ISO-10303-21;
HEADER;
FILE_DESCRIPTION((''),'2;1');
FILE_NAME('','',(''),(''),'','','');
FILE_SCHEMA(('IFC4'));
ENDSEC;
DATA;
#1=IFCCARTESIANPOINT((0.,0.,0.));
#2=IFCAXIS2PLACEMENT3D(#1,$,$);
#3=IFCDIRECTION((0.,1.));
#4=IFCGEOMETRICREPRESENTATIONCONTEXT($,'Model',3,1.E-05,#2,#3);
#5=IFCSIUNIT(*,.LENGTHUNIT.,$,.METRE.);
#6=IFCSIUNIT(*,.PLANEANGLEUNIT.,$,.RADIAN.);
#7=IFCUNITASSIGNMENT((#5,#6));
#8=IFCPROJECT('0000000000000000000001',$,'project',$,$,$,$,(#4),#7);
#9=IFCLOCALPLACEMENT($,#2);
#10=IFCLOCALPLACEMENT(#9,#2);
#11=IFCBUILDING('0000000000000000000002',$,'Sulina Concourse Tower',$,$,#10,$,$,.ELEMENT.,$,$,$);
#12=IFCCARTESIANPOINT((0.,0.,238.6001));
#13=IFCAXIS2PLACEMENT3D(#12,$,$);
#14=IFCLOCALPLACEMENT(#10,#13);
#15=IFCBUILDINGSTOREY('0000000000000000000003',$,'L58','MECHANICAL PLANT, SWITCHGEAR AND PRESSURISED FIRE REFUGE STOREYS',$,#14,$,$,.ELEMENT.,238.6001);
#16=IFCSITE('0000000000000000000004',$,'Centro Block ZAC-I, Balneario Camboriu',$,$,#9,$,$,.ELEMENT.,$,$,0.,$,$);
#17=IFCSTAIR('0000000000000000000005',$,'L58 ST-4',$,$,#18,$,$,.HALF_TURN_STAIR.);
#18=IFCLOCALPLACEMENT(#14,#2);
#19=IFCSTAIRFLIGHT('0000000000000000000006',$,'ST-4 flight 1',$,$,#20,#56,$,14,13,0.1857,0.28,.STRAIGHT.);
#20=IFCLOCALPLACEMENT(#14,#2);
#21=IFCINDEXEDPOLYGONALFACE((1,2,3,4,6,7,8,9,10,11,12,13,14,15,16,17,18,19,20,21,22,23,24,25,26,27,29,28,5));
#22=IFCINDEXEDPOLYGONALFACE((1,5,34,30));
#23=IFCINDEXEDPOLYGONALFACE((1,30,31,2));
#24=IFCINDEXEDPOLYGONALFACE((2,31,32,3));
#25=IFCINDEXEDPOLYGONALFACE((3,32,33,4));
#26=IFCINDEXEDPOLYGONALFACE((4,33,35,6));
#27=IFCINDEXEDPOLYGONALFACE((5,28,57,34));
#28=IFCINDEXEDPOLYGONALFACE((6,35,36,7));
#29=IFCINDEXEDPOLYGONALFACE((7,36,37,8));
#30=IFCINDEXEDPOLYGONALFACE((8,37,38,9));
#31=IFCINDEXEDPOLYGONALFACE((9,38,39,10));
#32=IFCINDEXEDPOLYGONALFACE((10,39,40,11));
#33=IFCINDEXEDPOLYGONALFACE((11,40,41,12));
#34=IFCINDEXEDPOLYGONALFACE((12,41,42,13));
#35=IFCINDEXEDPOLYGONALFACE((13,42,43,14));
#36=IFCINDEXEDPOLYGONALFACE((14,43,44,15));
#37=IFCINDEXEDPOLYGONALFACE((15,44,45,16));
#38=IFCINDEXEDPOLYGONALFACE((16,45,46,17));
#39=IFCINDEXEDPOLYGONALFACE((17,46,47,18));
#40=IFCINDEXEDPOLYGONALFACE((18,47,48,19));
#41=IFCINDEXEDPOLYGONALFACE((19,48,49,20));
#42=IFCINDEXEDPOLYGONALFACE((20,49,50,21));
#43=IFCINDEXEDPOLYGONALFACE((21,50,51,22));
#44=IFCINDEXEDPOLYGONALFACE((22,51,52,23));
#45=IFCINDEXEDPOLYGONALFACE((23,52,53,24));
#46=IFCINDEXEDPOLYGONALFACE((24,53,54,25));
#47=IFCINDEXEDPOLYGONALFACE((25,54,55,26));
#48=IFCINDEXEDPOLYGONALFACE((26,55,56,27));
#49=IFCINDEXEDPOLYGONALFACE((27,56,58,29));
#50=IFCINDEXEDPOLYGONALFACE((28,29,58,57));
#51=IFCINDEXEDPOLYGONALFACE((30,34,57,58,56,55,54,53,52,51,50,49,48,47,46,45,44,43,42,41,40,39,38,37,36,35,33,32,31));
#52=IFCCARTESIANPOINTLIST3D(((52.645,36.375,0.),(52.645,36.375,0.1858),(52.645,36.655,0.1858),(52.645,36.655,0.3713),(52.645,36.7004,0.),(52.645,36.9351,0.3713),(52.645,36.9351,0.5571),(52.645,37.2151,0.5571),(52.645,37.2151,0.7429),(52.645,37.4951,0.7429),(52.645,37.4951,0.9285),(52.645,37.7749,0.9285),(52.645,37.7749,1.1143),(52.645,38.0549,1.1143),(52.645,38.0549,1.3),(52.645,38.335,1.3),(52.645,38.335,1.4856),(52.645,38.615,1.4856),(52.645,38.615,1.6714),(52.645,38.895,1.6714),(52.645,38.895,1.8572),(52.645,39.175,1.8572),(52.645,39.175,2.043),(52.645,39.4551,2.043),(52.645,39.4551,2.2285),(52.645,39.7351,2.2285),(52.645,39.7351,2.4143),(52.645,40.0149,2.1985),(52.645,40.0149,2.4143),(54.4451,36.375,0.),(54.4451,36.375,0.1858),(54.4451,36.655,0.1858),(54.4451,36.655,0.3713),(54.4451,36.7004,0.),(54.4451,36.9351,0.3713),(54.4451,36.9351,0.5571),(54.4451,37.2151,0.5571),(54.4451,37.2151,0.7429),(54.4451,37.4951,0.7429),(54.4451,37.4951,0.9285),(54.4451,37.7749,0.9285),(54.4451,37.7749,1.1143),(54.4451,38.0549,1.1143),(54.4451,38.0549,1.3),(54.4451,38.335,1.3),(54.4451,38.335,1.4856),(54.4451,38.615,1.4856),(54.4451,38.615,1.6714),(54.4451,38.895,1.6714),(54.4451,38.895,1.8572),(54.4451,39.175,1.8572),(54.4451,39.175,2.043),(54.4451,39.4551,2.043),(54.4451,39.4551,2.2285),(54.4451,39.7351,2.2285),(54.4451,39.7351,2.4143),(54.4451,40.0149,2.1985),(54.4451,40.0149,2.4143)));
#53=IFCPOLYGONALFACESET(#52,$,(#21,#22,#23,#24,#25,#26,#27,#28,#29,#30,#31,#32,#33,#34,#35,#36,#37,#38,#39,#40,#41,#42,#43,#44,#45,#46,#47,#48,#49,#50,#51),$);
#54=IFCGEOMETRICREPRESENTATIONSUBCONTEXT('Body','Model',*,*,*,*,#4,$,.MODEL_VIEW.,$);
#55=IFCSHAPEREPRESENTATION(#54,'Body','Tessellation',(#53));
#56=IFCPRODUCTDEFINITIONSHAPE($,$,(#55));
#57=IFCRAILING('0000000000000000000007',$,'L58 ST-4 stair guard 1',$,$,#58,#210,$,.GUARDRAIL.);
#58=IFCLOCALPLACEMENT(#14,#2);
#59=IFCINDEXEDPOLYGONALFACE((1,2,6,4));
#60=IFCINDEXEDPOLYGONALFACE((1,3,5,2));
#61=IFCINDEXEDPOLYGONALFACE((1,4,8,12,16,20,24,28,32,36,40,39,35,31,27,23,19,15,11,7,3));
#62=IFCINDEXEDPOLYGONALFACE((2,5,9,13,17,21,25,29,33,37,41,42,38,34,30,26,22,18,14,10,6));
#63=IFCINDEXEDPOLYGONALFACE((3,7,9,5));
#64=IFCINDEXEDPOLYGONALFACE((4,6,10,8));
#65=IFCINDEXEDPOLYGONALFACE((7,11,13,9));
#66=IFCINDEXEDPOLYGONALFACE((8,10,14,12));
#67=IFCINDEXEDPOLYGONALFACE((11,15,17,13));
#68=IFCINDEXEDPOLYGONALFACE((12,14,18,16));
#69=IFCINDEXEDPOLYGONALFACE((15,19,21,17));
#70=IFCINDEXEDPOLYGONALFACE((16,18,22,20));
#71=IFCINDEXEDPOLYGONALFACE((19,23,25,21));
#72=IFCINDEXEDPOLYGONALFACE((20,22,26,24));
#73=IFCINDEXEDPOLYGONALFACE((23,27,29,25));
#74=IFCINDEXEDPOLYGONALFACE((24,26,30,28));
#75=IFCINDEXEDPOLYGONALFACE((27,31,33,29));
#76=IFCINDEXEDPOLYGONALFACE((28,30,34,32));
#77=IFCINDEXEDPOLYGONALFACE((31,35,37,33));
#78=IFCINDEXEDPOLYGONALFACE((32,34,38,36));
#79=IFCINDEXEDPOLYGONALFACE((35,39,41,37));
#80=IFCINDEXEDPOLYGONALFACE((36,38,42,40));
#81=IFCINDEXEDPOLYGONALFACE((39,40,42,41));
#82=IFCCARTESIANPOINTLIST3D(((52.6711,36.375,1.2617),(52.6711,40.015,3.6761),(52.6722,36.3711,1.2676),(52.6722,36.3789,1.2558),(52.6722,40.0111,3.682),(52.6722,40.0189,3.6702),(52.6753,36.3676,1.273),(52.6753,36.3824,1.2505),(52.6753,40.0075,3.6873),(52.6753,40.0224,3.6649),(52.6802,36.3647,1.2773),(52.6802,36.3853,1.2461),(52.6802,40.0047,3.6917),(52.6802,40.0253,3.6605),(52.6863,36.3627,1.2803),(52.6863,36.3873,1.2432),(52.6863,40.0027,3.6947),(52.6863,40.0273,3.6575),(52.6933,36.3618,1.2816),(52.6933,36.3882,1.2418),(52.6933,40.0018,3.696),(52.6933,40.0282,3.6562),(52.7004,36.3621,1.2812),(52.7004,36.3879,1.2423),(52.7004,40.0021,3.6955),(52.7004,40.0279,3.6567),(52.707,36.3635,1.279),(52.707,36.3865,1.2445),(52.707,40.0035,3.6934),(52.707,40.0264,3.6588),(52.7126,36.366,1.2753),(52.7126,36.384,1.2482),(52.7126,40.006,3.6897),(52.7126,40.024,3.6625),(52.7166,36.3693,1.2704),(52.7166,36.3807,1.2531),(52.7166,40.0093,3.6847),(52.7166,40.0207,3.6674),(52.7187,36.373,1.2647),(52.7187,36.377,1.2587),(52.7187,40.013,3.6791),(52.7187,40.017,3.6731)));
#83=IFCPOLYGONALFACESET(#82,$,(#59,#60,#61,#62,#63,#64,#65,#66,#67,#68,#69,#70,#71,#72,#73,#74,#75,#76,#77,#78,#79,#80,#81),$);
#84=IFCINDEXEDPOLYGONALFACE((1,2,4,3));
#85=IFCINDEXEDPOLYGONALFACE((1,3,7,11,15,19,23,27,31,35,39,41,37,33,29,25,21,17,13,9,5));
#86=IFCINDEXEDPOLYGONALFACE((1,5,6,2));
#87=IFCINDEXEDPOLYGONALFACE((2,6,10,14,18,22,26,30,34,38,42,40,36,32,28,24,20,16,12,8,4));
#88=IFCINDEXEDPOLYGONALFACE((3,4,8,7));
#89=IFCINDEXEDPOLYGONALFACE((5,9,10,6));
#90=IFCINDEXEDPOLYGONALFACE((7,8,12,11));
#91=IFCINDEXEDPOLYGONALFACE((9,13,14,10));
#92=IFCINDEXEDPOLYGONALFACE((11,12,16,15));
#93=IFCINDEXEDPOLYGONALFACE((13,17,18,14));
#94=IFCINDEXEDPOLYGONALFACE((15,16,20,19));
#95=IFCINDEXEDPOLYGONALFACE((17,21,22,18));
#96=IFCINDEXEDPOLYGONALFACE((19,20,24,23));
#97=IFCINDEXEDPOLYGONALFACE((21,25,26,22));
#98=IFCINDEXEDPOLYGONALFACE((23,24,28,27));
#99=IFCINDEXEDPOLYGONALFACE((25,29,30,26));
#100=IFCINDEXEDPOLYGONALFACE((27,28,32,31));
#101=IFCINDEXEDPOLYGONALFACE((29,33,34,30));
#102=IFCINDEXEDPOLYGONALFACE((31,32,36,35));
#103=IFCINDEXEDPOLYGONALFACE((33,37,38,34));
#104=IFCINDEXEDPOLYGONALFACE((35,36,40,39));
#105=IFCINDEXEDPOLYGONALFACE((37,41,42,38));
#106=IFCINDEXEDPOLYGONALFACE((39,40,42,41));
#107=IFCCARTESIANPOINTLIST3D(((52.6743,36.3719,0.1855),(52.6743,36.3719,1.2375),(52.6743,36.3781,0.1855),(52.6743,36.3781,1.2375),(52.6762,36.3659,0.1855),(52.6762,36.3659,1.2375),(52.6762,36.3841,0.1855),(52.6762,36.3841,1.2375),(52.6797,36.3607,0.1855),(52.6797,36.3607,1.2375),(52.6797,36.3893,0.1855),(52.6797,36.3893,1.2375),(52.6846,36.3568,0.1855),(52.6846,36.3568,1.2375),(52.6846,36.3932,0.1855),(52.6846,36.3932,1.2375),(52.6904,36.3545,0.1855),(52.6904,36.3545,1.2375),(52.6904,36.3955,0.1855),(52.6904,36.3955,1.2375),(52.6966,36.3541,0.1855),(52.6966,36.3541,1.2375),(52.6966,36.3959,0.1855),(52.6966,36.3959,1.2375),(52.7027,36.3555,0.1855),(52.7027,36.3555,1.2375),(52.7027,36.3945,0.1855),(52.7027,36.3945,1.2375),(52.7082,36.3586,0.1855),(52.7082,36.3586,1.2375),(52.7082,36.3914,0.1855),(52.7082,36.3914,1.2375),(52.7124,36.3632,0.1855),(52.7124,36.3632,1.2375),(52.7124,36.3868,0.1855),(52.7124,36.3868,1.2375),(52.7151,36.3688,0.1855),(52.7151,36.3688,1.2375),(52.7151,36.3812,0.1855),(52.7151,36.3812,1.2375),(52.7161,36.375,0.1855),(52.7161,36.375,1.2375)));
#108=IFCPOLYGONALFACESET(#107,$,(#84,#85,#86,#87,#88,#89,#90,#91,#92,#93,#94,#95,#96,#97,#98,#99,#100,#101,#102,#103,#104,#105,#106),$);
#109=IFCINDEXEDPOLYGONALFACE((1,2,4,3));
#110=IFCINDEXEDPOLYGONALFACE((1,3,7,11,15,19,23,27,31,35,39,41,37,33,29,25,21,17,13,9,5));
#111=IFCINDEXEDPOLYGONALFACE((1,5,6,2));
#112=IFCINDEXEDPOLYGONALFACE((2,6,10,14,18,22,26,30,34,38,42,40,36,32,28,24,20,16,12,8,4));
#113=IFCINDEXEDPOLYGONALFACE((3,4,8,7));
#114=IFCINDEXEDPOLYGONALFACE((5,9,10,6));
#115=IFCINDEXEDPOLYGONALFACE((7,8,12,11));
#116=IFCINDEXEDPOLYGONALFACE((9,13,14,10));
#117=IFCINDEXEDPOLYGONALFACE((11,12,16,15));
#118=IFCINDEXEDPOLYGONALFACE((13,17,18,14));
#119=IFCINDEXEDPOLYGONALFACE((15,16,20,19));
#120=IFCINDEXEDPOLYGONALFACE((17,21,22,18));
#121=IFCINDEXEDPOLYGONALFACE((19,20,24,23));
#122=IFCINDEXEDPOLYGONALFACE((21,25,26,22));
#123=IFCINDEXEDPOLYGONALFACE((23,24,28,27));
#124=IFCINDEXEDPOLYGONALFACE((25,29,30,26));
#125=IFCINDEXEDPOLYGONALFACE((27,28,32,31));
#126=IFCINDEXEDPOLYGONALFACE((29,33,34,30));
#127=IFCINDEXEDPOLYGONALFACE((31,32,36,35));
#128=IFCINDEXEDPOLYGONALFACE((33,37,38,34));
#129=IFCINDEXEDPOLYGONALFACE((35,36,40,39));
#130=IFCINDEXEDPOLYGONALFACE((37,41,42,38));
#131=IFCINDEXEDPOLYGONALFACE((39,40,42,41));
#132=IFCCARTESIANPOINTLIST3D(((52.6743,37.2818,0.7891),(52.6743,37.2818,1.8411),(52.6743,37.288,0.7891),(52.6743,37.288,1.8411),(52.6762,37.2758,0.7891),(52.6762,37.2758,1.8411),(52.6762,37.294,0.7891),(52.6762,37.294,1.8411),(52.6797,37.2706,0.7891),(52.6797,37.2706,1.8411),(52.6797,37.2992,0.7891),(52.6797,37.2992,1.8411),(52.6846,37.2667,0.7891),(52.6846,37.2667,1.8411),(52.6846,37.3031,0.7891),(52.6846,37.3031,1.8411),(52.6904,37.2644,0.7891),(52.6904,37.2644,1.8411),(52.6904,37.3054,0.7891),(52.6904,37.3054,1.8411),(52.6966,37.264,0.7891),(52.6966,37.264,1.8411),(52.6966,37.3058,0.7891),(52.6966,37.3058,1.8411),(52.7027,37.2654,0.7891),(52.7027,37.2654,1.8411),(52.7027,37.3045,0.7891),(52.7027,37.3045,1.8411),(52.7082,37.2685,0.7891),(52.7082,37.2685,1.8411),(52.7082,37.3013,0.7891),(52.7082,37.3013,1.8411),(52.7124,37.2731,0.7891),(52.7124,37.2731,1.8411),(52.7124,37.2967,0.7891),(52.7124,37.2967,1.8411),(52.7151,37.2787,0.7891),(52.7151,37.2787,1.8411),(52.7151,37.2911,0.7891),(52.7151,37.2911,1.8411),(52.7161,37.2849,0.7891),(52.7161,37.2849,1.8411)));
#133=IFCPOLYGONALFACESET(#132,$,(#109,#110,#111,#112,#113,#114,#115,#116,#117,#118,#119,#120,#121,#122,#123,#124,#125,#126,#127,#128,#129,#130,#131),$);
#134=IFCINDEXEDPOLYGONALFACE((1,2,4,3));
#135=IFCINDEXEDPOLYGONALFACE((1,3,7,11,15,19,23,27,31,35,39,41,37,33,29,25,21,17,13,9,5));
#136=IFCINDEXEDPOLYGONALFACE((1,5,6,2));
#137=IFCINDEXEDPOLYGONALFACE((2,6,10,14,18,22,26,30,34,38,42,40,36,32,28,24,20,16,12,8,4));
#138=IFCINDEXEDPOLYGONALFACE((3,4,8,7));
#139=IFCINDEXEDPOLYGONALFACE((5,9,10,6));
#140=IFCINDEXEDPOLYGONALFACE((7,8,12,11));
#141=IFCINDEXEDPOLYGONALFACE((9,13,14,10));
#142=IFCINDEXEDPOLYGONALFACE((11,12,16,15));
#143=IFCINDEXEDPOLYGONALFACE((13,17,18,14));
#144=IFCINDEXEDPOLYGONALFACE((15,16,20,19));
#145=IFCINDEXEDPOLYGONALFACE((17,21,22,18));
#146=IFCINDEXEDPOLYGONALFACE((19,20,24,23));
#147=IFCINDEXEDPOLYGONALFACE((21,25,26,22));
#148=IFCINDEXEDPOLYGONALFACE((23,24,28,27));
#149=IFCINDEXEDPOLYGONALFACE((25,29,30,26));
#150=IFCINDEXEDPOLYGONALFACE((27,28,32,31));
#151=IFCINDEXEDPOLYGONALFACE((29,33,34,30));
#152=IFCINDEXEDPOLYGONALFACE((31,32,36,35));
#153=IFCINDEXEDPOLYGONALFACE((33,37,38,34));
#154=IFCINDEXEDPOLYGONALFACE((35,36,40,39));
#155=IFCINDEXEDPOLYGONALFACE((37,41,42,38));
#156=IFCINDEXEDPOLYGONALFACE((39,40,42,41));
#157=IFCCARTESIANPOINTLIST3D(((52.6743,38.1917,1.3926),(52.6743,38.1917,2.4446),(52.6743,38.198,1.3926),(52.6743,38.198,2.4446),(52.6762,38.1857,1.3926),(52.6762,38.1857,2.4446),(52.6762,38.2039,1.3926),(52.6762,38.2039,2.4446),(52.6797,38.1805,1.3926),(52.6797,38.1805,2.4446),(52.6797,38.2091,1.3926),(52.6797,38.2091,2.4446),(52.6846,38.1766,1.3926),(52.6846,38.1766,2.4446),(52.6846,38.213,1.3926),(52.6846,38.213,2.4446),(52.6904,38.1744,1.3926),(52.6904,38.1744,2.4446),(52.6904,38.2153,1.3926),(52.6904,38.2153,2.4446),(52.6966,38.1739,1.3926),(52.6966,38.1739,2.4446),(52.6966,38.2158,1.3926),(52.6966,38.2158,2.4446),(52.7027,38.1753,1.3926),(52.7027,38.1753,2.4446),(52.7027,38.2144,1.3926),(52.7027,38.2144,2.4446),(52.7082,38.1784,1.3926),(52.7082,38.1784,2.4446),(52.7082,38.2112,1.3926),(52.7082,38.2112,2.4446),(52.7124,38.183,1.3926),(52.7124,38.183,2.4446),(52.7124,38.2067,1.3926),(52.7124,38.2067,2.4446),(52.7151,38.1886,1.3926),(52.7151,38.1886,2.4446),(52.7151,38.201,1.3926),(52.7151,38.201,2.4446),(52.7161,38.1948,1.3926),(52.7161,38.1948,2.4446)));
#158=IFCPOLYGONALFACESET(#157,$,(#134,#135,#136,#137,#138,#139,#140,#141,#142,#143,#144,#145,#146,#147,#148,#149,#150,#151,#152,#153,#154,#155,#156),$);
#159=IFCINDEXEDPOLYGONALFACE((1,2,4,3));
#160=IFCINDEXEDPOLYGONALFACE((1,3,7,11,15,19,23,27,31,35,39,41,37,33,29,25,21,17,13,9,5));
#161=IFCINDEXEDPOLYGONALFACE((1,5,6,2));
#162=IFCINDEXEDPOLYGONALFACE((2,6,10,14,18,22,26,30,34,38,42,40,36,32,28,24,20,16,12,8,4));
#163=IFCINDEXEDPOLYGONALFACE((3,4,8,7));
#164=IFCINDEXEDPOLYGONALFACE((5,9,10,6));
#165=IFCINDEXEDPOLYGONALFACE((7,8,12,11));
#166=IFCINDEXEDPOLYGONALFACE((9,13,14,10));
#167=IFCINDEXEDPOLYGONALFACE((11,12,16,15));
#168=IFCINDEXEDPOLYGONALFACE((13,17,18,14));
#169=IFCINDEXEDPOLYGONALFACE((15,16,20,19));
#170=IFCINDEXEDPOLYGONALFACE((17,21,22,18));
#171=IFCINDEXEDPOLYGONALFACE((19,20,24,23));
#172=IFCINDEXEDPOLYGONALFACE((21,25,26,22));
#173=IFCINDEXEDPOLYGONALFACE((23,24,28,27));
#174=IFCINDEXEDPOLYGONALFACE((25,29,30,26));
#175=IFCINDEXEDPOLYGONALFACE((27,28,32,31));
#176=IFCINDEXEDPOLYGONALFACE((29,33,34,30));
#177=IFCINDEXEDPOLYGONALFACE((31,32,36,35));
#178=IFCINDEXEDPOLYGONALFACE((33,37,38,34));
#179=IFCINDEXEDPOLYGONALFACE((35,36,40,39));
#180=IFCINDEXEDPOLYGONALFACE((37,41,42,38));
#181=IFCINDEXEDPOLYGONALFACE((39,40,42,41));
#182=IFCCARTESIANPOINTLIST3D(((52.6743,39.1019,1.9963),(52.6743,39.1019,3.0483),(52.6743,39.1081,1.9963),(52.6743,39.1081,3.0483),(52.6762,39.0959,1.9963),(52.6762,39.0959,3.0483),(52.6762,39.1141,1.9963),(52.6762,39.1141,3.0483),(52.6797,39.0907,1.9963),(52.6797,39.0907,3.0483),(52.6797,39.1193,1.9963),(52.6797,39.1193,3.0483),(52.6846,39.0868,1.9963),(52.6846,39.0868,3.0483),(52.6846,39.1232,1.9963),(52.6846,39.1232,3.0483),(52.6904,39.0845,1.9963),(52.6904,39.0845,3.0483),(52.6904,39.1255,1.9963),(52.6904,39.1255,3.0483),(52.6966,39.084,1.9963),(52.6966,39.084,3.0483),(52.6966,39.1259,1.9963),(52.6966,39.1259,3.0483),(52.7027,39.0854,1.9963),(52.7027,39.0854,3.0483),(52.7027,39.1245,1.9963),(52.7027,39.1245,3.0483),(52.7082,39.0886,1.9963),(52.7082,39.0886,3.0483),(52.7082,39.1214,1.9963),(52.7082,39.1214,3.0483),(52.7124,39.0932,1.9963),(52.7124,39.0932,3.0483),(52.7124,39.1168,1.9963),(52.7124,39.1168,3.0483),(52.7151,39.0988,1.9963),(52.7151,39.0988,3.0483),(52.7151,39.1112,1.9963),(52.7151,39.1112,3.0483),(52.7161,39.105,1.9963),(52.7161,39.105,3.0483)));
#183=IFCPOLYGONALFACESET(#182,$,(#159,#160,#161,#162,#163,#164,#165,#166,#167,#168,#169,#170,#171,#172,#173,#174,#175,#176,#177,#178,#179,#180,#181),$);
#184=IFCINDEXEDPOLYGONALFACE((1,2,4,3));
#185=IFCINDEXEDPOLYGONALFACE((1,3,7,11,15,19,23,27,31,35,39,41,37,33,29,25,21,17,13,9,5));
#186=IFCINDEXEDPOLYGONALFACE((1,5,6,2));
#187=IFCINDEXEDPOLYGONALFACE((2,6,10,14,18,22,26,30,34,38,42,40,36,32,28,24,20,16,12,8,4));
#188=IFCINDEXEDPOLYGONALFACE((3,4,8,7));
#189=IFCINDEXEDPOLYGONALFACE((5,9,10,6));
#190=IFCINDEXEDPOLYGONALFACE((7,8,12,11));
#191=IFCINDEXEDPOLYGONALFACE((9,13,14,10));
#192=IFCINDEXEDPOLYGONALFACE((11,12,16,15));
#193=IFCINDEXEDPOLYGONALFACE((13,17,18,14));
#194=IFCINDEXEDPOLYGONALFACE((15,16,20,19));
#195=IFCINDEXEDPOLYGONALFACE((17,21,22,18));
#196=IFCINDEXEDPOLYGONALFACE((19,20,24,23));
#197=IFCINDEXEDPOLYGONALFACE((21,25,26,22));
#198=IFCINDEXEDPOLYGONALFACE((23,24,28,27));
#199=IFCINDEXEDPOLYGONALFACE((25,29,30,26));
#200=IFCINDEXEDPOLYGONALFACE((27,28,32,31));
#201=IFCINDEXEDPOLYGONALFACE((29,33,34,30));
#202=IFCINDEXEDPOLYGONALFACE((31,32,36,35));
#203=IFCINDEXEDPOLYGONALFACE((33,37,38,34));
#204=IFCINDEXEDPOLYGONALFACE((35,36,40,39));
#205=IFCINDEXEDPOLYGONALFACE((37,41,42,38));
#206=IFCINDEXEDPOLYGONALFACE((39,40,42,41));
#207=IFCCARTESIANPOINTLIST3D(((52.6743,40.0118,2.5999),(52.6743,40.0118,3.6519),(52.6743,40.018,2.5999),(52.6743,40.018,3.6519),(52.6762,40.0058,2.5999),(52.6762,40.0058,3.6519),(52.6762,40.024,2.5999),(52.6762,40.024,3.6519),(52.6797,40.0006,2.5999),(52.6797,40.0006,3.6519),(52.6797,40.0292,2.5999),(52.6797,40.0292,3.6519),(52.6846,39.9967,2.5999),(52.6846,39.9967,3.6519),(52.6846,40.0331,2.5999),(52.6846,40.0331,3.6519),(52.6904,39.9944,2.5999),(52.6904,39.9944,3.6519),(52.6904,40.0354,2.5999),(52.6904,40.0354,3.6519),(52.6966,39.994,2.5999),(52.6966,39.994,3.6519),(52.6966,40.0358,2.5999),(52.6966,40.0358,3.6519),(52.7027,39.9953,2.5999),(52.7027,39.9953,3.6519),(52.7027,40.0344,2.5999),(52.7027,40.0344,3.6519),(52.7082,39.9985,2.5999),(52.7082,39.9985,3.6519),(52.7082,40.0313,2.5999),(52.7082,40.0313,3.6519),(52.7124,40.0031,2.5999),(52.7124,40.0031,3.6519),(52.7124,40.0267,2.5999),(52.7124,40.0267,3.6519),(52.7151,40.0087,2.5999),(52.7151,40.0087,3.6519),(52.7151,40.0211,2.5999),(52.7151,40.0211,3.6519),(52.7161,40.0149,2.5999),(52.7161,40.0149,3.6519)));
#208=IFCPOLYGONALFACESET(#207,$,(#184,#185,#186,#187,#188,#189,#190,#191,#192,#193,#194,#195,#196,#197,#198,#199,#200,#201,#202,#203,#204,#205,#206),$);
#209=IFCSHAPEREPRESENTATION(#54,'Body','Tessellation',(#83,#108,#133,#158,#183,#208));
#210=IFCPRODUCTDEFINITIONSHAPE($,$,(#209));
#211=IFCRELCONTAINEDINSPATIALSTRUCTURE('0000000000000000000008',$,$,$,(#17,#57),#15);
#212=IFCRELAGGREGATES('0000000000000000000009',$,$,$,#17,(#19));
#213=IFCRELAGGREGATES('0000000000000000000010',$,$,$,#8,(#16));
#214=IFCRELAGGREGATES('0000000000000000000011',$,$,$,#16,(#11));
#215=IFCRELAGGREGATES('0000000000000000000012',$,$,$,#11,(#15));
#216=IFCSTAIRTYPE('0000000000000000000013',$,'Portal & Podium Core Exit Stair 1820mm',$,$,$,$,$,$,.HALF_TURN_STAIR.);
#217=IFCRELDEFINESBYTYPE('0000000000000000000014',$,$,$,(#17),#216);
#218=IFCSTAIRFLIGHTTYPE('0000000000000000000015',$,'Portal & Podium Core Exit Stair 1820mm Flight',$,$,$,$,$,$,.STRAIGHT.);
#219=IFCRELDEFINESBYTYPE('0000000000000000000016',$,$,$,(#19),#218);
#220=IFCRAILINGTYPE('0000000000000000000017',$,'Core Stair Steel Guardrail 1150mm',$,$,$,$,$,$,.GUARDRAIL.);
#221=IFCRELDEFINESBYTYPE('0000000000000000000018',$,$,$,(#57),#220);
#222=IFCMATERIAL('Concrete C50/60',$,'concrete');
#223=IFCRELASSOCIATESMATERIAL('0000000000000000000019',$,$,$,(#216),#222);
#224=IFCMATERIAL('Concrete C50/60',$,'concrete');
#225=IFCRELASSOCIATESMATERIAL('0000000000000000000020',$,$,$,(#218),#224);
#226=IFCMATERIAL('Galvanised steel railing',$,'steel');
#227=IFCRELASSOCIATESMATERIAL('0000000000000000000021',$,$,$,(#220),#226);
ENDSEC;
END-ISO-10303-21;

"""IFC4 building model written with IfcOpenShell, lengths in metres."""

from ifc_helpers import new_model, si_unit, direction, frame, origin, origin_2d, place, context, subcontext, project, spatial, polyline, circle, outline, extrude, material, type_object, element, aggregate, save


model = new_model("IFC4")

# Units and contexts
model_context = context("Model", 3, precision=1e-05, world=origin(), true_north=direction((0.0, 1.0)))
body_context = subcontext(model_context, "Body", "Model", "MODEL_VIEW")
ifc_project = project(units=[si_unit("LENGTHUNIT", "METRE"), si_unit("PLANEANGLEUNIT", "RADIAN")], contexts=[model_context])

# Site, building, storey
site_placement = place(None, origin())
site = spatial("IfcSite", under=ifc_project, at=site_placement, Name="Centro Block ZAC-I, Balneario Camboriu", CompositionType="ELEMENT", RefElevation=0.0)
building_placement = place(site_placement, origin())
building = spatial("IfcBuilding", under=site, at=building_placement, Name="Sulina Concourse Tower", CompositionType="ELEMENT")
storey_placement = place(building_placement, frame((0.0, 0.0, 238.6001)))
storey = spatial("IfcBuildingStorey", under=building, at=storey_placement, Name="L58", Description="MECHANICAL PLANT, SWITCHGEAR AND PRESSURISED FIRE REFUGE STOREYS", CompositionType="ELEMENT", Elevation=238.6001)

# Stair, stair flight
ifc_material_1 = material(Name="Concrete C50/60", Category="concrete")
stair_type = type_object("IfcStairType", Name="Portal & Podium Core Exit Stair 1820mm", PredefinedType="HALF_TURN_STAIR", material=ifc_material_1)
ifc_material_2 = material(Name="Concrete C50/60", Category="concrete")
stair_flight_type = type_object("IfcStairFlightType", Name="Portal & Podium Core Exit Stair 1820mm Flight", PredefinedType="STRAIGHT", material=ifc_material_2)
stair_1_placement = place(storey_placement, origin())
stair_1 = element("IfcStair", 1, at=stair_1_placement, inside=storey, type_object=stair_type, Name="L58 ST-4", PredefinedType="HALF_TURN_STAIR")
stair_flight_1_placement = place(storey_placement, frame((53.5449, 36.375, 0.0), z_axis=(0.0, 0.0, 1.0), x_axis=(0.0, 1.0, 0.0)))
stair_flight_1 = element("IfcStairFlight", 2, at=stair_flight_1_placement, type_object=stair_flight_type, Name="ST-4 flight 1", NumberOfRisers=14, NumberOfTreads=13, PredefinedType="STRAIGHT", RiserHeight=0.1857, TreadLength=0.28, context=body_context, shape_type="SweptSolid", body=[
    extrude(outline(polyline([(0.0, 0.0), (0.0, 0.1858), (0.28, 0.1858), (0.28, 0.3713), (0.5601, 0.3713), (0.5601, 0.5571), (0.8401, 0.5571), (0.8401, 0.7429), (1.1201, 0.7429), (1.1201, 0.9285), (1.3999, 0.9285), (1.3999, 1.1143), (1.6799, 1.1143), (1.6799, 1.3), (1.96, 1.3), (1.96, 1.4856), (2.24, 1.4856), (2.24, 1.6714), (2.52, 1.6714), (2.52, 1.8572), (2.8, 1.8572), (2.8, 2.043), (3.0801, 2.043), (3.0801, 2.2285), (3.3601, 2.2285), (3.3601, 2.4143), (3.6399, 2.4143), (3.6399, 2.6001), (3.6399, 2.1985), (0.3254, 0.0), (0.0, 0.0)])), frame((0.0, 0.8999, 0.0), z_axis=(0.0, -1.0, 0.0), x_axis=(1.0, 0.0, 0.0)), (0.0, 0.0, 1.0), 1.8),
])
aggregate(stair_1, [stair_flight_1])

# Railing
ifc_material_3 = material(Name="Galvanised steel railing", Category="steel")
railing_type_1 = type_object("IfcRailingType", Name="Core Stair Steel Guardrail 1150mm", PredefinedType="GUARDRAIL", material=ifc_material_3)
railing_1_placement = place(storey_placement, frame((52.6951, 36.375, 0.1855)))
element("IfcRailing", 3, at=railing_1_placement, inside=storey, type_object=railing_type_1, Name="L58 ST-4 stair guard 1", PredefinedType="GUARDRAIL", context=body_context, shape_type="SweptSolid", body=[
    extrude(circle(Radius=0.0239, at=origin_2d()), frame((0.0, 0.0, 1.0762), z_axis=(0.0, 0.833347, 0.552751), x_axis=(-1.0, 0.0, 0.0)), (0.0, 0.0, 1.0), 4.3679),
    extrude(circle(Radius=0.021, at=origin_2d()), origin(), (0.0, 0.0, 1.0), 1.052),
    extrude(circle(Radius=0.021, at=origin_2d()), frame((0.0, 0.9099, 0.6035)), (0.0, 0.0, 1.0), 1.052),
    extrude(circle(Radius=0.021, at=origin_2d()), frame((0.0, 1.8198, 1.207)), (0.0, 0.0, 1.0), 1.052),
    extrude(circle(Radius=0.021, at=origin_2d()), frame((0.0, 2.73, 1.8108)), (0.0, 0.0, 1.0), 1.052),
    extrude(circle(Radius=0.021, at=origin_2d()), frame((0.0, 3.6399, 2.4143)), (0.0, 0.0, 1.0), 1.052),
])

save(model, "model.ifc")
